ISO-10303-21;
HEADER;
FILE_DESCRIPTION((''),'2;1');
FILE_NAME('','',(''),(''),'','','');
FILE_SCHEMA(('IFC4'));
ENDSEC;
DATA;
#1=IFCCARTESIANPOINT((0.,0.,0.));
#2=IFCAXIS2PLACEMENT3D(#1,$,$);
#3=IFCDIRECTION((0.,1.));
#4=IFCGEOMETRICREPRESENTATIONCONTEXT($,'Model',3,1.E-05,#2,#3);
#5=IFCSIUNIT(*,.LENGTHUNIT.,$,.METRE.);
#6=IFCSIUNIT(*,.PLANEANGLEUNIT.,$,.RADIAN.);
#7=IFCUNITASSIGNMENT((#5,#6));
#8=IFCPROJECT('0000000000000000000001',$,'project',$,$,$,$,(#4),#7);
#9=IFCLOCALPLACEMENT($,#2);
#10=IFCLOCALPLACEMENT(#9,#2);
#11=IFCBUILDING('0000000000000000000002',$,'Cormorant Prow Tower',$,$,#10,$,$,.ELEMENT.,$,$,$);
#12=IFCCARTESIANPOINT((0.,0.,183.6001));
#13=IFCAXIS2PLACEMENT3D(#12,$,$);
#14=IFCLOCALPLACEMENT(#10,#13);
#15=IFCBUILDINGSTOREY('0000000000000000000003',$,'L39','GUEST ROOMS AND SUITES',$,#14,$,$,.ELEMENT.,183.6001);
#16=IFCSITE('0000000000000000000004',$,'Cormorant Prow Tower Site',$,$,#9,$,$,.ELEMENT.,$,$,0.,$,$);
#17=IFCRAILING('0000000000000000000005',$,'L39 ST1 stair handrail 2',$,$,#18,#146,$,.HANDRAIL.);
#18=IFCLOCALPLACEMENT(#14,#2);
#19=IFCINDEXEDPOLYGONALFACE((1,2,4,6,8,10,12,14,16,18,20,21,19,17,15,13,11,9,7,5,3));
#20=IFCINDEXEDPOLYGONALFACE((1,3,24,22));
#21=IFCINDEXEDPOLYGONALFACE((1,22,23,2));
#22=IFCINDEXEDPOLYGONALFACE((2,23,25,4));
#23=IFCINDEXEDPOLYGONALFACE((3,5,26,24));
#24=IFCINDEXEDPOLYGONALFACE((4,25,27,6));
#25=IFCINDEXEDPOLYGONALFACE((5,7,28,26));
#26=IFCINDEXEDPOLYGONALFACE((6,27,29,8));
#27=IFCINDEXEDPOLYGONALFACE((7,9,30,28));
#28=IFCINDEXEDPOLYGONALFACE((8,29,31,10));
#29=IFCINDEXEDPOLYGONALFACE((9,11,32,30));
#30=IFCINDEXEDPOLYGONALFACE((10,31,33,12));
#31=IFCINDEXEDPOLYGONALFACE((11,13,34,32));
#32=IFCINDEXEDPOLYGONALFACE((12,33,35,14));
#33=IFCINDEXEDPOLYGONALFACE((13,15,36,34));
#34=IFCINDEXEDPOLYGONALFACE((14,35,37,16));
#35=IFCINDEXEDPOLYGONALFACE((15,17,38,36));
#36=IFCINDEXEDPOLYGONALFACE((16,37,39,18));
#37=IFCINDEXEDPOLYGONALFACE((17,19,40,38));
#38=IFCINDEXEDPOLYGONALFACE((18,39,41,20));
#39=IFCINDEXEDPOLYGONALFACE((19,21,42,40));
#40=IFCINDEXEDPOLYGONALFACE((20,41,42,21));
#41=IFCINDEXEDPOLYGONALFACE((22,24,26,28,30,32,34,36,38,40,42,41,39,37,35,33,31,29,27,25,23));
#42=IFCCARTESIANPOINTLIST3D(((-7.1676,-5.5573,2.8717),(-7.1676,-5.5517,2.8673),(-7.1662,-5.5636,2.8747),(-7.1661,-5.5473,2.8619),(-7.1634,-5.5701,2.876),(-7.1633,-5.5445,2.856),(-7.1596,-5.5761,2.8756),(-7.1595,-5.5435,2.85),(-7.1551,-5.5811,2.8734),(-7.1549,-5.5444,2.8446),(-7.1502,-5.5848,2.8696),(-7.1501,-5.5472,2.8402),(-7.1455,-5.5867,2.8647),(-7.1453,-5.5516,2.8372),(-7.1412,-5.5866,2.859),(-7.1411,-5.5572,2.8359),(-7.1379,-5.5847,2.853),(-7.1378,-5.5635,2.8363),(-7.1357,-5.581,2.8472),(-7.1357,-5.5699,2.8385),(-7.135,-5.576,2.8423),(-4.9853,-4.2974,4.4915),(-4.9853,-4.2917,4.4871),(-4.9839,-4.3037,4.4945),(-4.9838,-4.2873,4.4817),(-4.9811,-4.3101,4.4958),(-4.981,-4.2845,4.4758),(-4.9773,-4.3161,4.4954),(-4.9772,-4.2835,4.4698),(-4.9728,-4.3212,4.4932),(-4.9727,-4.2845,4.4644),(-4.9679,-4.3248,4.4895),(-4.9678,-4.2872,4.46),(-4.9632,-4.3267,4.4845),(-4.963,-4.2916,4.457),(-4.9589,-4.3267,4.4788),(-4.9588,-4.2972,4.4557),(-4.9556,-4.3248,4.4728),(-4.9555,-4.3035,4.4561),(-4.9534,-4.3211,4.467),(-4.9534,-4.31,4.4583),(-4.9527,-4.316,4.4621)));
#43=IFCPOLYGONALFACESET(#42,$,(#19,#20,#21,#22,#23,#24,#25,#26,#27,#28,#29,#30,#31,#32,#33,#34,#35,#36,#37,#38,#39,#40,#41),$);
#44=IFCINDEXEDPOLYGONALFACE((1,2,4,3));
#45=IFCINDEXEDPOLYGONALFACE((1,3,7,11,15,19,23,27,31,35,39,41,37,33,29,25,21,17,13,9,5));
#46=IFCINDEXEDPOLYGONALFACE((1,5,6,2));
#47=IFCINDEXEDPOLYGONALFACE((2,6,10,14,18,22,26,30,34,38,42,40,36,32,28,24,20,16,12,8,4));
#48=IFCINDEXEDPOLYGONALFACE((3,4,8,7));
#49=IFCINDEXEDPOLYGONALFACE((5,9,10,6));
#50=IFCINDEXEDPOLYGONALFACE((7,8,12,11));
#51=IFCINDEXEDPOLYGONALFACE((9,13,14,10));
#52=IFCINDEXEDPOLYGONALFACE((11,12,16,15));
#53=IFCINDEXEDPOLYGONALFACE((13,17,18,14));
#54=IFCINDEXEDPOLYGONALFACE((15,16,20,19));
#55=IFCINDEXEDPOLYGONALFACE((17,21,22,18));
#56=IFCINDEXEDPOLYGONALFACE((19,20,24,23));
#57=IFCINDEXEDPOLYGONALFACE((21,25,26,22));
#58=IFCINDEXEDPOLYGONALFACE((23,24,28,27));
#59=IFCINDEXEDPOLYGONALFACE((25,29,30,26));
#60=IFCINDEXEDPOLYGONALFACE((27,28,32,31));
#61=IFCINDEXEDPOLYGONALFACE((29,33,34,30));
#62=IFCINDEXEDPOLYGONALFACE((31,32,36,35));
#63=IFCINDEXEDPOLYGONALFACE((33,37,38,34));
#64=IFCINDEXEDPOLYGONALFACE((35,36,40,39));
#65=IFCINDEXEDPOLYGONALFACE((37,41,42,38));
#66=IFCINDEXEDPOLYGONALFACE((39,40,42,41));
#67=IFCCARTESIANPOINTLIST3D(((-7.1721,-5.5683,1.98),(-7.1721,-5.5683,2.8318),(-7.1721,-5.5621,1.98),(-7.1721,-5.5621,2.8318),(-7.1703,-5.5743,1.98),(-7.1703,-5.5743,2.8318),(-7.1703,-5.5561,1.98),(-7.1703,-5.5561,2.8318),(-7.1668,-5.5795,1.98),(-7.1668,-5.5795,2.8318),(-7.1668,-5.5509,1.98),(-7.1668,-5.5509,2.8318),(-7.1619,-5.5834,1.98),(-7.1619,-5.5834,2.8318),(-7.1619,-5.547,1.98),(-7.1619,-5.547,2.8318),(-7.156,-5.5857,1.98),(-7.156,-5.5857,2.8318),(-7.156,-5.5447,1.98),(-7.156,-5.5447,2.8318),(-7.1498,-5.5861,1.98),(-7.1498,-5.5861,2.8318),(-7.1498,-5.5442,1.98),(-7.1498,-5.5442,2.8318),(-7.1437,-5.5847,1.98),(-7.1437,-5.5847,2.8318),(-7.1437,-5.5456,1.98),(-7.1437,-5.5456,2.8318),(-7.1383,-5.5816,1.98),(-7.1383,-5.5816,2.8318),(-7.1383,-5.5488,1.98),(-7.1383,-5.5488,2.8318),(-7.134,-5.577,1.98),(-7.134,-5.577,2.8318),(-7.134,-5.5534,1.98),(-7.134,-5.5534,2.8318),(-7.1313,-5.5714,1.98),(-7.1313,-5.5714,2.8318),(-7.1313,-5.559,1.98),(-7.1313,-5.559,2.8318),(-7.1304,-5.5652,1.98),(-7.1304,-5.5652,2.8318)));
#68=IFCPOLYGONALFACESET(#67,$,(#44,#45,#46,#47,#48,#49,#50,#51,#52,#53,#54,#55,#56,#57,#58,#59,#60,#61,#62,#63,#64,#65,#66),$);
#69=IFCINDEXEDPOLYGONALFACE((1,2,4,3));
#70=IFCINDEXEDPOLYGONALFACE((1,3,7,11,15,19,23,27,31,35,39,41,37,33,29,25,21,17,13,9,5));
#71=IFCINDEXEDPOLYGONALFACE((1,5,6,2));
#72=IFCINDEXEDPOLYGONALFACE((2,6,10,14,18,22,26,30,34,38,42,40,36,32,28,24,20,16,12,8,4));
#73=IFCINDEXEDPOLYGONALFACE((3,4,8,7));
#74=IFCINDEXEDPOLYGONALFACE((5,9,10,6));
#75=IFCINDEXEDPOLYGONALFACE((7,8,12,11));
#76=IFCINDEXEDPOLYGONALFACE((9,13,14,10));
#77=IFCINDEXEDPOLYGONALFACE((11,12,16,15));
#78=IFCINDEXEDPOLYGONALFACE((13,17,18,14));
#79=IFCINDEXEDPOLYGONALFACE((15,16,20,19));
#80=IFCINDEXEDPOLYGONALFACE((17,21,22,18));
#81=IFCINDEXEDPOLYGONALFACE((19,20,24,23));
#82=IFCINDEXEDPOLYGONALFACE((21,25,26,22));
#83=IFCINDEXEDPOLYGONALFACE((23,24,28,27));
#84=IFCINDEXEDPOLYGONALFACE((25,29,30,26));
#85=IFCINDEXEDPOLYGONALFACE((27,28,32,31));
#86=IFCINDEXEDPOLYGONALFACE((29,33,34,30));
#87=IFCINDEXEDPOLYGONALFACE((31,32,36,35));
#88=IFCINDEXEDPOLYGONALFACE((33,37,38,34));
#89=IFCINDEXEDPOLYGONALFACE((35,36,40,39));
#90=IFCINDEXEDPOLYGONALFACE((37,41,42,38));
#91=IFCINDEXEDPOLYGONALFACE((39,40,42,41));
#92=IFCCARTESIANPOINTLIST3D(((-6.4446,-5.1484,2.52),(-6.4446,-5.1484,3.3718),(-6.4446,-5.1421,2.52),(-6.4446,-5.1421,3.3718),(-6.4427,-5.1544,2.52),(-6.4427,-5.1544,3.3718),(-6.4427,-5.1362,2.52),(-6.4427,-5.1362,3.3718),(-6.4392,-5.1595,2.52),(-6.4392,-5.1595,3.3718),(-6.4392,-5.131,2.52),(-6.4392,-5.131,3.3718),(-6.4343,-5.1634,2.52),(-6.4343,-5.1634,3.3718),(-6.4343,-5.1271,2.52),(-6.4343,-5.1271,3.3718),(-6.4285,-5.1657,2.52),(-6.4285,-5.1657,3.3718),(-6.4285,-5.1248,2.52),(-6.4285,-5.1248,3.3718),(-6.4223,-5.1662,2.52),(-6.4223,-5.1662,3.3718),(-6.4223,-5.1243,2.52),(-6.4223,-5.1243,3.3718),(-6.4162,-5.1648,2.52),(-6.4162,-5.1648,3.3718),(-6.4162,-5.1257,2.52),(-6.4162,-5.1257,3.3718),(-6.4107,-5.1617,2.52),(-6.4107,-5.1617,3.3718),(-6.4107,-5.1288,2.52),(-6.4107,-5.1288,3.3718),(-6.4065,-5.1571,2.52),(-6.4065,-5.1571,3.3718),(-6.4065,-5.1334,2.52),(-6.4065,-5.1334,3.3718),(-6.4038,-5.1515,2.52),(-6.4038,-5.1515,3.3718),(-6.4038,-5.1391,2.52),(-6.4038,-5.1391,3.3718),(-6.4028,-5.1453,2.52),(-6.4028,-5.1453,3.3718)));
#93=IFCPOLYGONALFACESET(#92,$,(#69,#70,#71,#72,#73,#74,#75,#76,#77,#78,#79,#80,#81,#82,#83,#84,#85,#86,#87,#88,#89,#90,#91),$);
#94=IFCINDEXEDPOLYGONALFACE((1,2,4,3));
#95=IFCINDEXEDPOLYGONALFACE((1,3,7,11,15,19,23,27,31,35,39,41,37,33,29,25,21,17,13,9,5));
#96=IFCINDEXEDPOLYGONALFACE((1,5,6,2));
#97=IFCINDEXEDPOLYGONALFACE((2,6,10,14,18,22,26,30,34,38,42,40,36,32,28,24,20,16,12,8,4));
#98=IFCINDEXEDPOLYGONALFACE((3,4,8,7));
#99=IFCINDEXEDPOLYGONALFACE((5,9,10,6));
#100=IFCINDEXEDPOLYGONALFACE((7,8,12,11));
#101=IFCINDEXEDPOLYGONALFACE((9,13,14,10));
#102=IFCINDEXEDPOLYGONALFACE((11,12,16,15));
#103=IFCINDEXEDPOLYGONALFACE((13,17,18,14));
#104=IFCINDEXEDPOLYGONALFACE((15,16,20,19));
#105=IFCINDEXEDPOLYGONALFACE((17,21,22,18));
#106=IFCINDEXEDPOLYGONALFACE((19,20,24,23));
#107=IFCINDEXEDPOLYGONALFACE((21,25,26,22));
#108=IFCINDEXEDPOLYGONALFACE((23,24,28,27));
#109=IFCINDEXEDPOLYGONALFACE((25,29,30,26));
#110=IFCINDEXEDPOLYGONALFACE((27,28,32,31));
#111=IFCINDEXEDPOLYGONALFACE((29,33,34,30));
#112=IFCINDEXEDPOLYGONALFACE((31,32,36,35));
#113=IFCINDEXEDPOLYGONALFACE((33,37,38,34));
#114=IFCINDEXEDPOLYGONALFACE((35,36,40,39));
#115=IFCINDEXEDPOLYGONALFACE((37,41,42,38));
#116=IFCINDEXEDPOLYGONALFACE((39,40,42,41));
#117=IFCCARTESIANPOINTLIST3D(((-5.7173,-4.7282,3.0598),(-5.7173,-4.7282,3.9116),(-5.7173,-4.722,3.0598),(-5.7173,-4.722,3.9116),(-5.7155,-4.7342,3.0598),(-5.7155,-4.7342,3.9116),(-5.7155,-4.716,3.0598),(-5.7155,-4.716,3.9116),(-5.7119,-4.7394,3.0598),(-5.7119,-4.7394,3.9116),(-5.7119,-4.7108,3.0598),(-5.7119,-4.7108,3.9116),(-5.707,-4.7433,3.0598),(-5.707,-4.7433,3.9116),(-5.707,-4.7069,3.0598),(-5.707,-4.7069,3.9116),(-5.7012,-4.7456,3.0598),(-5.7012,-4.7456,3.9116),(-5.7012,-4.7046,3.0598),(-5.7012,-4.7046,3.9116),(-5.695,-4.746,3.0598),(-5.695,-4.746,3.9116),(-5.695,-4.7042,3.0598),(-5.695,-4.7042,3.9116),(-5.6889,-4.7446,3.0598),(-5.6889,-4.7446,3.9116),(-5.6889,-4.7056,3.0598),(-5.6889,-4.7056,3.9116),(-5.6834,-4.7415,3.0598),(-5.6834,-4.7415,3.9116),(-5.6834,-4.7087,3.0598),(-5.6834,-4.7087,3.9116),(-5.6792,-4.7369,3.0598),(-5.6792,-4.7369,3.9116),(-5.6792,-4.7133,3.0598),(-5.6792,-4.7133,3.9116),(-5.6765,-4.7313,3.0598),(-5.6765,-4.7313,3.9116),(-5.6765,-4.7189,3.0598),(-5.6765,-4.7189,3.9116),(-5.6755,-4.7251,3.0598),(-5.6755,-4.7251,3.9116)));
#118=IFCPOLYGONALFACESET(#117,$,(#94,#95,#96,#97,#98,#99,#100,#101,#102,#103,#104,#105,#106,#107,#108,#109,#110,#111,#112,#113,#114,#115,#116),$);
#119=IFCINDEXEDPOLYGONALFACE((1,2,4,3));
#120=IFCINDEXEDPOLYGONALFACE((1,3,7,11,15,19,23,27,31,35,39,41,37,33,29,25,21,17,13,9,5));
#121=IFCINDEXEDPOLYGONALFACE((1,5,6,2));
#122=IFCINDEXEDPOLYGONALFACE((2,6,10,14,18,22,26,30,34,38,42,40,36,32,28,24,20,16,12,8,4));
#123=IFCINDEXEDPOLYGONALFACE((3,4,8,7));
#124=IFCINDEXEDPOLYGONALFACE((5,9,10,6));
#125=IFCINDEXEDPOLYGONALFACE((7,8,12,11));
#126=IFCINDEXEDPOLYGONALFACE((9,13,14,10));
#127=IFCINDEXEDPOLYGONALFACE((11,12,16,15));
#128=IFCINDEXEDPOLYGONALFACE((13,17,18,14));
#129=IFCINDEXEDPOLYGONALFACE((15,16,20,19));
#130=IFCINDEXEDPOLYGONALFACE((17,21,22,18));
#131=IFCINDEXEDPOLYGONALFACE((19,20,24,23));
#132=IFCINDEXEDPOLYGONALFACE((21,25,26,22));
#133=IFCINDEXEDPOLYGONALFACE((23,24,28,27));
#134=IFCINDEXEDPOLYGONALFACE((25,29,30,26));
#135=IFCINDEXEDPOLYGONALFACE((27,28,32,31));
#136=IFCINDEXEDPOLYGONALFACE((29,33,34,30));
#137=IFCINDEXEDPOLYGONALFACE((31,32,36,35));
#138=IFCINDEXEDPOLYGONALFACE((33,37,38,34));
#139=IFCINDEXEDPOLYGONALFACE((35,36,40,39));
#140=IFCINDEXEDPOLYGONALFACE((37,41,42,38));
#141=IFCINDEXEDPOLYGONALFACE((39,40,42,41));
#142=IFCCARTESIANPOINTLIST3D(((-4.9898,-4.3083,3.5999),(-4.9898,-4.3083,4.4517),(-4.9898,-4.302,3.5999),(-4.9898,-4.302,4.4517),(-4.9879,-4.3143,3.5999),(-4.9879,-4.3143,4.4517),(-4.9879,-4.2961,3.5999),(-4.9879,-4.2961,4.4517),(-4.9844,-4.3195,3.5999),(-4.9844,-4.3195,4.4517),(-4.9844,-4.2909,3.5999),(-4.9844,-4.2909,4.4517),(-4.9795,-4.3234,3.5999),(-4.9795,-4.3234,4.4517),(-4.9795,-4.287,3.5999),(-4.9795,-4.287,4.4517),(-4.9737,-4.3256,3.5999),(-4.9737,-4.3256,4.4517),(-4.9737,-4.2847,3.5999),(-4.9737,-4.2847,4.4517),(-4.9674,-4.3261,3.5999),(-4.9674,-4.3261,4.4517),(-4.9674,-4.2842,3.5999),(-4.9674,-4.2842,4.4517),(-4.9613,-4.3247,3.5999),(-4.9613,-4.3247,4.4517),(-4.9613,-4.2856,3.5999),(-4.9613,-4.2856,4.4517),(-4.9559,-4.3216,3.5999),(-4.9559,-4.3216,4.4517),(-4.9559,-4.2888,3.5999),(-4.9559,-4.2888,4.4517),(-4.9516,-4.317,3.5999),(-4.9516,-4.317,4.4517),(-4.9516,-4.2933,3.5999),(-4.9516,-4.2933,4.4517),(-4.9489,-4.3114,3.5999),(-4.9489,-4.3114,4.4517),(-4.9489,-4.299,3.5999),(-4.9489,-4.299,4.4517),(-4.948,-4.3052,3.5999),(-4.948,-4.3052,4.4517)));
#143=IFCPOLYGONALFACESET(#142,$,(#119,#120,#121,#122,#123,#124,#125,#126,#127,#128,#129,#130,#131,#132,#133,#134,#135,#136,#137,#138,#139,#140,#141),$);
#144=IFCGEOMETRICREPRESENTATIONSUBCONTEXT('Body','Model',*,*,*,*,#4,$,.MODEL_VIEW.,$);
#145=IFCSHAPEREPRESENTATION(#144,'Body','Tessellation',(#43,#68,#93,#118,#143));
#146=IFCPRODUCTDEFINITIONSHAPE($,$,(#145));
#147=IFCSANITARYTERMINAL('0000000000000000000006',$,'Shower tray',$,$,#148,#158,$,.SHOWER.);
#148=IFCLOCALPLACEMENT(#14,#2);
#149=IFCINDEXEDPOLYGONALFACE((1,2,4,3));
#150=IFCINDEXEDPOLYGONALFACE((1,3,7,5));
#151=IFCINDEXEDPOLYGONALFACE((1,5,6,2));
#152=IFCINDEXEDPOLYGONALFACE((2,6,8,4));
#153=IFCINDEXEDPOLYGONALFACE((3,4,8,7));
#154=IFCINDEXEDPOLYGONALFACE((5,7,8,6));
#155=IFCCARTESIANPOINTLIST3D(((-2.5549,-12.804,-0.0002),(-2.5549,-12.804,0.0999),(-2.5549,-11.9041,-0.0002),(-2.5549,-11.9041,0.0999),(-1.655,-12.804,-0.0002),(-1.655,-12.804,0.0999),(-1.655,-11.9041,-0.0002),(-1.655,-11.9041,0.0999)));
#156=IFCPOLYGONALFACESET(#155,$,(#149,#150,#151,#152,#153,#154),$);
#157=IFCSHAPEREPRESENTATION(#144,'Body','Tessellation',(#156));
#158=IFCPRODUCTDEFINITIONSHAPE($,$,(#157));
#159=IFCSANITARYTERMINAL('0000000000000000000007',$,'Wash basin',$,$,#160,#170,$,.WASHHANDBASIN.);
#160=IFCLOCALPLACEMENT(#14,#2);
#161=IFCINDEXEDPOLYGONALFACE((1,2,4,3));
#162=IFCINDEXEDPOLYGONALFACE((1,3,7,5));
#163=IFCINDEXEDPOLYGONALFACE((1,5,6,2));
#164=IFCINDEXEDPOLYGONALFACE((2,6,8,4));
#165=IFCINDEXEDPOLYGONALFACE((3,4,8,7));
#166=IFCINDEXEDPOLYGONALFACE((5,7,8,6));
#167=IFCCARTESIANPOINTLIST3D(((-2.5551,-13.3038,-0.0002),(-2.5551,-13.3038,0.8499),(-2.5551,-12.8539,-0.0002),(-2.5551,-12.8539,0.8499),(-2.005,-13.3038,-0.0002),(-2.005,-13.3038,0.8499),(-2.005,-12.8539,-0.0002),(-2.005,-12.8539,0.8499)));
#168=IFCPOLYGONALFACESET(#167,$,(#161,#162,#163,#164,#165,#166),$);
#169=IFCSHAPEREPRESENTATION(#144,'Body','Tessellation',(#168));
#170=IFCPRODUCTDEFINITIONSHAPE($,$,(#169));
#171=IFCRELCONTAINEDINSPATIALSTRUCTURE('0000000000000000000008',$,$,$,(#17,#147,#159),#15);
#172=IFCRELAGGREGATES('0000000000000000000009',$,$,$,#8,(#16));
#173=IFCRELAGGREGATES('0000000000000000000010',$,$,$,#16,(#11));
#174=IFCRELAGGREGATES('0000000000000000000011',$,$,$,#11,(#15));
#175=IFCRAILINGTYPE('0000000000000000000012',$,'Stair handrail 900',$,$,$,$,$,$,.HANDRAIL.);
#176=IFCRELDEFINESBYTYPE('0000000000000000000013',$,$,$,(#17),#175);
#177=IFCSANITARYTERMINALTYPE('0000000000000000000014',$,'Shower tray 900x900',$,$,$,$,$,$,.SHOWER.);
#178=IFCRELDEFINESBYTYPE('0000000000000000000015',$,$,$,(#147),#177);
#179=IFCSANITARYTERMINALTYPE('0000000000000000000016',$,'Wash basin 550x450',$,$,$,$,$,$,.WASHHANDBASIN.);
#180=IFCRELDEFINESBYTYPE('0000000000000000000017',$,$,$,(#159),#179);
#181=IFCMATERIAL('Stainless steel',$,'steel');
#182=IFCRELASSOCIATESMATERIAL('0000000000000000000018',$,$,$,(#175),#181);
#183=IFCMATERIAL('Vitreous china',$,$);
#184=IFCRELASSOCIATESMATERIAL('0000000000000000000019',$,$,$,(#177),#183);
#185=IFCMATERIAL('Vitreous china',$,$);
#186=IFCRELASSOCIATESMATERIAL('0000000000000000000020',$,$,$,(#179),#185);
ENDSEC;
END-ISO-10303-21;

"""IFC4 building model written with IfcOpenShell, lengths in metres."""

from ifc_helpers import new_model, si_unit, direction, frame, origin, origin_2d, place, context, subcontext, project, spatial, rectangle, circle, extrude, material, type_object, element, save


model = new_model("IFC4")

# Units and contexts
model_context = context("Model", 3, precision=1e-05, world=origin(), true_north=direction((0.0, 1.0)))
body_context = subcontext(model_context, "Body", "Model", "MODEL_VIEW")
ifc_project = project(units=[si_unit("LENGTHUNIT", "METRE"), si_unit("PLANEANGLEUNIT", "RADIAN")], contexts=[model_context])

# Site, building, storey
site_placement = place(None, origin())
site = spatial("IfcSite", under=ifc_project, at=site_placement, Name="Cormorant Prow Tower Site", CompositionType="ELEMENT", RefElevation=0.0)
building_placement = place(site_placement, origin())
building = spatial("IfcBuilding", under=site, at=building_placement, Name="Cormorant Prow Tower", CompositionType="ELEMENT")
storey_placement = place(building_placement, frame((0.0, 0.0, 183.6001)))
storey = spatial("IfcBuildingStorey", under=building, at=storey_placement, Name="L39", Description="GUEST ROOMS AND SUITES", CompositionType="ELEMENT", Elevation=183.6001)

# Railing
ifc_material_1 = material(Name="Stainless steel", Category="steel")
railing_type_1 = type_object("IfcRailingType", Name="Stair handrail 900", PredefinedType="HANDRAIL", material=ifc_material_1)
railing_1_placement = place(storey_placement, frame((-7.1514, -5.5652, 1.98)))
element("IfcRailing", 1, at=railing_1_placement, inside=storey, type_object=railing_type_1, Name="L39 ST1 stair handrail 2", PredefinedType="HANDRAIL", context=body_context, shape_type="SweptSolid", body=[
    extrude(circle(Radius=0.0239, at=origin_2d()), frame((0.0, 0.0, 0.876), z_axis=(0.728496, 0.420603, 0.540728), x_axis=(-0.500005, 0.866023, 0.0)), (0.0, 0.0, 1.0), 2.9956),
    extrude(circle(Radius=0.021, at=origin_2d()), origin(), (0.0, 0.0, 1.0), 0.8518),
    extrude(circle(Radius=0.021, at=origin_2d()), frame((0.7275, 0.4199, 0.54)), (0.0, 0.0, 1.0), 0.8518),
    extrude(circle(Radius=0.021, at=origin_2d()), frame((1.4548, 0.8401, 1.0798)), (0.0, 0.0, 1.0), 0.8518),
    extrude(circle(Radius=0.021, at=origin_2d()), frame((2.1824, 1.26, 1.6199)), (0.0, 0.0, 1.0), 0.8518),
])

# Sanitary terminals
ifc_material_2 = material(Name="Vitreous china")
sanitary_terminal_type_1 = type_object("IfcSanitaryTerminalType", Name="Shower tray 900x900", PredefinedType="SHOWER", material=ifc_material_2)
sanitary_terminal_1_placement = place(storey_placement, frame((-2.105, -12.354, -0.0002), z_axis=(0.0, 0.0, 1.0), x_axis=(1.0, 0.0, 0.0)))
element("IfcSanitaryTerminal", 2, at=sanitary_terminal_1_placement, inside=storey, type_object=sanitary_terminal_type_1, Name="Shower tray", PredefinedType="SHOWER", context=body_context, shape_type="SweptSolid", body=[
    extrude(rectangle(XDim=0.8999, YDim=0.8999, at=origin_2d()), origin(), (0.0, 0.0, 1.0), 0.1001),
])
ifc_material_3 = material(Name="Vitreous china")
sanitary_terminal_type_2 = type_object("IfcSanitaryTerminalType", Name="Wash basin 550x450", PredefinedType="WASHHANDBASIN", material=ifc_material_3)
sanitary_terminal_2_placement = place(storey_placement, frame((-2.28, -13.0789, -0.0002), z_axis=(0.0, 0.0, 1.0), x_axis=(1.0, 0.0, 0.0)))
element("IfcSanitaryTerminal", 3, at=sanitary_terminal_2_placement, inside=storey, type_object=sanitary_terminal_type_2, Name="Wash basin", PredefinedType="WASHHANDBASIN", context=body_context, shape_type="SweptSolid", body=[
    extrude(rectangle(XDim=0.55, YDim=0.45, at=origin_2d()), origin(), (0.0, 0.0, 1.0), 0.8501),
])

save(model, "model.ifc")
